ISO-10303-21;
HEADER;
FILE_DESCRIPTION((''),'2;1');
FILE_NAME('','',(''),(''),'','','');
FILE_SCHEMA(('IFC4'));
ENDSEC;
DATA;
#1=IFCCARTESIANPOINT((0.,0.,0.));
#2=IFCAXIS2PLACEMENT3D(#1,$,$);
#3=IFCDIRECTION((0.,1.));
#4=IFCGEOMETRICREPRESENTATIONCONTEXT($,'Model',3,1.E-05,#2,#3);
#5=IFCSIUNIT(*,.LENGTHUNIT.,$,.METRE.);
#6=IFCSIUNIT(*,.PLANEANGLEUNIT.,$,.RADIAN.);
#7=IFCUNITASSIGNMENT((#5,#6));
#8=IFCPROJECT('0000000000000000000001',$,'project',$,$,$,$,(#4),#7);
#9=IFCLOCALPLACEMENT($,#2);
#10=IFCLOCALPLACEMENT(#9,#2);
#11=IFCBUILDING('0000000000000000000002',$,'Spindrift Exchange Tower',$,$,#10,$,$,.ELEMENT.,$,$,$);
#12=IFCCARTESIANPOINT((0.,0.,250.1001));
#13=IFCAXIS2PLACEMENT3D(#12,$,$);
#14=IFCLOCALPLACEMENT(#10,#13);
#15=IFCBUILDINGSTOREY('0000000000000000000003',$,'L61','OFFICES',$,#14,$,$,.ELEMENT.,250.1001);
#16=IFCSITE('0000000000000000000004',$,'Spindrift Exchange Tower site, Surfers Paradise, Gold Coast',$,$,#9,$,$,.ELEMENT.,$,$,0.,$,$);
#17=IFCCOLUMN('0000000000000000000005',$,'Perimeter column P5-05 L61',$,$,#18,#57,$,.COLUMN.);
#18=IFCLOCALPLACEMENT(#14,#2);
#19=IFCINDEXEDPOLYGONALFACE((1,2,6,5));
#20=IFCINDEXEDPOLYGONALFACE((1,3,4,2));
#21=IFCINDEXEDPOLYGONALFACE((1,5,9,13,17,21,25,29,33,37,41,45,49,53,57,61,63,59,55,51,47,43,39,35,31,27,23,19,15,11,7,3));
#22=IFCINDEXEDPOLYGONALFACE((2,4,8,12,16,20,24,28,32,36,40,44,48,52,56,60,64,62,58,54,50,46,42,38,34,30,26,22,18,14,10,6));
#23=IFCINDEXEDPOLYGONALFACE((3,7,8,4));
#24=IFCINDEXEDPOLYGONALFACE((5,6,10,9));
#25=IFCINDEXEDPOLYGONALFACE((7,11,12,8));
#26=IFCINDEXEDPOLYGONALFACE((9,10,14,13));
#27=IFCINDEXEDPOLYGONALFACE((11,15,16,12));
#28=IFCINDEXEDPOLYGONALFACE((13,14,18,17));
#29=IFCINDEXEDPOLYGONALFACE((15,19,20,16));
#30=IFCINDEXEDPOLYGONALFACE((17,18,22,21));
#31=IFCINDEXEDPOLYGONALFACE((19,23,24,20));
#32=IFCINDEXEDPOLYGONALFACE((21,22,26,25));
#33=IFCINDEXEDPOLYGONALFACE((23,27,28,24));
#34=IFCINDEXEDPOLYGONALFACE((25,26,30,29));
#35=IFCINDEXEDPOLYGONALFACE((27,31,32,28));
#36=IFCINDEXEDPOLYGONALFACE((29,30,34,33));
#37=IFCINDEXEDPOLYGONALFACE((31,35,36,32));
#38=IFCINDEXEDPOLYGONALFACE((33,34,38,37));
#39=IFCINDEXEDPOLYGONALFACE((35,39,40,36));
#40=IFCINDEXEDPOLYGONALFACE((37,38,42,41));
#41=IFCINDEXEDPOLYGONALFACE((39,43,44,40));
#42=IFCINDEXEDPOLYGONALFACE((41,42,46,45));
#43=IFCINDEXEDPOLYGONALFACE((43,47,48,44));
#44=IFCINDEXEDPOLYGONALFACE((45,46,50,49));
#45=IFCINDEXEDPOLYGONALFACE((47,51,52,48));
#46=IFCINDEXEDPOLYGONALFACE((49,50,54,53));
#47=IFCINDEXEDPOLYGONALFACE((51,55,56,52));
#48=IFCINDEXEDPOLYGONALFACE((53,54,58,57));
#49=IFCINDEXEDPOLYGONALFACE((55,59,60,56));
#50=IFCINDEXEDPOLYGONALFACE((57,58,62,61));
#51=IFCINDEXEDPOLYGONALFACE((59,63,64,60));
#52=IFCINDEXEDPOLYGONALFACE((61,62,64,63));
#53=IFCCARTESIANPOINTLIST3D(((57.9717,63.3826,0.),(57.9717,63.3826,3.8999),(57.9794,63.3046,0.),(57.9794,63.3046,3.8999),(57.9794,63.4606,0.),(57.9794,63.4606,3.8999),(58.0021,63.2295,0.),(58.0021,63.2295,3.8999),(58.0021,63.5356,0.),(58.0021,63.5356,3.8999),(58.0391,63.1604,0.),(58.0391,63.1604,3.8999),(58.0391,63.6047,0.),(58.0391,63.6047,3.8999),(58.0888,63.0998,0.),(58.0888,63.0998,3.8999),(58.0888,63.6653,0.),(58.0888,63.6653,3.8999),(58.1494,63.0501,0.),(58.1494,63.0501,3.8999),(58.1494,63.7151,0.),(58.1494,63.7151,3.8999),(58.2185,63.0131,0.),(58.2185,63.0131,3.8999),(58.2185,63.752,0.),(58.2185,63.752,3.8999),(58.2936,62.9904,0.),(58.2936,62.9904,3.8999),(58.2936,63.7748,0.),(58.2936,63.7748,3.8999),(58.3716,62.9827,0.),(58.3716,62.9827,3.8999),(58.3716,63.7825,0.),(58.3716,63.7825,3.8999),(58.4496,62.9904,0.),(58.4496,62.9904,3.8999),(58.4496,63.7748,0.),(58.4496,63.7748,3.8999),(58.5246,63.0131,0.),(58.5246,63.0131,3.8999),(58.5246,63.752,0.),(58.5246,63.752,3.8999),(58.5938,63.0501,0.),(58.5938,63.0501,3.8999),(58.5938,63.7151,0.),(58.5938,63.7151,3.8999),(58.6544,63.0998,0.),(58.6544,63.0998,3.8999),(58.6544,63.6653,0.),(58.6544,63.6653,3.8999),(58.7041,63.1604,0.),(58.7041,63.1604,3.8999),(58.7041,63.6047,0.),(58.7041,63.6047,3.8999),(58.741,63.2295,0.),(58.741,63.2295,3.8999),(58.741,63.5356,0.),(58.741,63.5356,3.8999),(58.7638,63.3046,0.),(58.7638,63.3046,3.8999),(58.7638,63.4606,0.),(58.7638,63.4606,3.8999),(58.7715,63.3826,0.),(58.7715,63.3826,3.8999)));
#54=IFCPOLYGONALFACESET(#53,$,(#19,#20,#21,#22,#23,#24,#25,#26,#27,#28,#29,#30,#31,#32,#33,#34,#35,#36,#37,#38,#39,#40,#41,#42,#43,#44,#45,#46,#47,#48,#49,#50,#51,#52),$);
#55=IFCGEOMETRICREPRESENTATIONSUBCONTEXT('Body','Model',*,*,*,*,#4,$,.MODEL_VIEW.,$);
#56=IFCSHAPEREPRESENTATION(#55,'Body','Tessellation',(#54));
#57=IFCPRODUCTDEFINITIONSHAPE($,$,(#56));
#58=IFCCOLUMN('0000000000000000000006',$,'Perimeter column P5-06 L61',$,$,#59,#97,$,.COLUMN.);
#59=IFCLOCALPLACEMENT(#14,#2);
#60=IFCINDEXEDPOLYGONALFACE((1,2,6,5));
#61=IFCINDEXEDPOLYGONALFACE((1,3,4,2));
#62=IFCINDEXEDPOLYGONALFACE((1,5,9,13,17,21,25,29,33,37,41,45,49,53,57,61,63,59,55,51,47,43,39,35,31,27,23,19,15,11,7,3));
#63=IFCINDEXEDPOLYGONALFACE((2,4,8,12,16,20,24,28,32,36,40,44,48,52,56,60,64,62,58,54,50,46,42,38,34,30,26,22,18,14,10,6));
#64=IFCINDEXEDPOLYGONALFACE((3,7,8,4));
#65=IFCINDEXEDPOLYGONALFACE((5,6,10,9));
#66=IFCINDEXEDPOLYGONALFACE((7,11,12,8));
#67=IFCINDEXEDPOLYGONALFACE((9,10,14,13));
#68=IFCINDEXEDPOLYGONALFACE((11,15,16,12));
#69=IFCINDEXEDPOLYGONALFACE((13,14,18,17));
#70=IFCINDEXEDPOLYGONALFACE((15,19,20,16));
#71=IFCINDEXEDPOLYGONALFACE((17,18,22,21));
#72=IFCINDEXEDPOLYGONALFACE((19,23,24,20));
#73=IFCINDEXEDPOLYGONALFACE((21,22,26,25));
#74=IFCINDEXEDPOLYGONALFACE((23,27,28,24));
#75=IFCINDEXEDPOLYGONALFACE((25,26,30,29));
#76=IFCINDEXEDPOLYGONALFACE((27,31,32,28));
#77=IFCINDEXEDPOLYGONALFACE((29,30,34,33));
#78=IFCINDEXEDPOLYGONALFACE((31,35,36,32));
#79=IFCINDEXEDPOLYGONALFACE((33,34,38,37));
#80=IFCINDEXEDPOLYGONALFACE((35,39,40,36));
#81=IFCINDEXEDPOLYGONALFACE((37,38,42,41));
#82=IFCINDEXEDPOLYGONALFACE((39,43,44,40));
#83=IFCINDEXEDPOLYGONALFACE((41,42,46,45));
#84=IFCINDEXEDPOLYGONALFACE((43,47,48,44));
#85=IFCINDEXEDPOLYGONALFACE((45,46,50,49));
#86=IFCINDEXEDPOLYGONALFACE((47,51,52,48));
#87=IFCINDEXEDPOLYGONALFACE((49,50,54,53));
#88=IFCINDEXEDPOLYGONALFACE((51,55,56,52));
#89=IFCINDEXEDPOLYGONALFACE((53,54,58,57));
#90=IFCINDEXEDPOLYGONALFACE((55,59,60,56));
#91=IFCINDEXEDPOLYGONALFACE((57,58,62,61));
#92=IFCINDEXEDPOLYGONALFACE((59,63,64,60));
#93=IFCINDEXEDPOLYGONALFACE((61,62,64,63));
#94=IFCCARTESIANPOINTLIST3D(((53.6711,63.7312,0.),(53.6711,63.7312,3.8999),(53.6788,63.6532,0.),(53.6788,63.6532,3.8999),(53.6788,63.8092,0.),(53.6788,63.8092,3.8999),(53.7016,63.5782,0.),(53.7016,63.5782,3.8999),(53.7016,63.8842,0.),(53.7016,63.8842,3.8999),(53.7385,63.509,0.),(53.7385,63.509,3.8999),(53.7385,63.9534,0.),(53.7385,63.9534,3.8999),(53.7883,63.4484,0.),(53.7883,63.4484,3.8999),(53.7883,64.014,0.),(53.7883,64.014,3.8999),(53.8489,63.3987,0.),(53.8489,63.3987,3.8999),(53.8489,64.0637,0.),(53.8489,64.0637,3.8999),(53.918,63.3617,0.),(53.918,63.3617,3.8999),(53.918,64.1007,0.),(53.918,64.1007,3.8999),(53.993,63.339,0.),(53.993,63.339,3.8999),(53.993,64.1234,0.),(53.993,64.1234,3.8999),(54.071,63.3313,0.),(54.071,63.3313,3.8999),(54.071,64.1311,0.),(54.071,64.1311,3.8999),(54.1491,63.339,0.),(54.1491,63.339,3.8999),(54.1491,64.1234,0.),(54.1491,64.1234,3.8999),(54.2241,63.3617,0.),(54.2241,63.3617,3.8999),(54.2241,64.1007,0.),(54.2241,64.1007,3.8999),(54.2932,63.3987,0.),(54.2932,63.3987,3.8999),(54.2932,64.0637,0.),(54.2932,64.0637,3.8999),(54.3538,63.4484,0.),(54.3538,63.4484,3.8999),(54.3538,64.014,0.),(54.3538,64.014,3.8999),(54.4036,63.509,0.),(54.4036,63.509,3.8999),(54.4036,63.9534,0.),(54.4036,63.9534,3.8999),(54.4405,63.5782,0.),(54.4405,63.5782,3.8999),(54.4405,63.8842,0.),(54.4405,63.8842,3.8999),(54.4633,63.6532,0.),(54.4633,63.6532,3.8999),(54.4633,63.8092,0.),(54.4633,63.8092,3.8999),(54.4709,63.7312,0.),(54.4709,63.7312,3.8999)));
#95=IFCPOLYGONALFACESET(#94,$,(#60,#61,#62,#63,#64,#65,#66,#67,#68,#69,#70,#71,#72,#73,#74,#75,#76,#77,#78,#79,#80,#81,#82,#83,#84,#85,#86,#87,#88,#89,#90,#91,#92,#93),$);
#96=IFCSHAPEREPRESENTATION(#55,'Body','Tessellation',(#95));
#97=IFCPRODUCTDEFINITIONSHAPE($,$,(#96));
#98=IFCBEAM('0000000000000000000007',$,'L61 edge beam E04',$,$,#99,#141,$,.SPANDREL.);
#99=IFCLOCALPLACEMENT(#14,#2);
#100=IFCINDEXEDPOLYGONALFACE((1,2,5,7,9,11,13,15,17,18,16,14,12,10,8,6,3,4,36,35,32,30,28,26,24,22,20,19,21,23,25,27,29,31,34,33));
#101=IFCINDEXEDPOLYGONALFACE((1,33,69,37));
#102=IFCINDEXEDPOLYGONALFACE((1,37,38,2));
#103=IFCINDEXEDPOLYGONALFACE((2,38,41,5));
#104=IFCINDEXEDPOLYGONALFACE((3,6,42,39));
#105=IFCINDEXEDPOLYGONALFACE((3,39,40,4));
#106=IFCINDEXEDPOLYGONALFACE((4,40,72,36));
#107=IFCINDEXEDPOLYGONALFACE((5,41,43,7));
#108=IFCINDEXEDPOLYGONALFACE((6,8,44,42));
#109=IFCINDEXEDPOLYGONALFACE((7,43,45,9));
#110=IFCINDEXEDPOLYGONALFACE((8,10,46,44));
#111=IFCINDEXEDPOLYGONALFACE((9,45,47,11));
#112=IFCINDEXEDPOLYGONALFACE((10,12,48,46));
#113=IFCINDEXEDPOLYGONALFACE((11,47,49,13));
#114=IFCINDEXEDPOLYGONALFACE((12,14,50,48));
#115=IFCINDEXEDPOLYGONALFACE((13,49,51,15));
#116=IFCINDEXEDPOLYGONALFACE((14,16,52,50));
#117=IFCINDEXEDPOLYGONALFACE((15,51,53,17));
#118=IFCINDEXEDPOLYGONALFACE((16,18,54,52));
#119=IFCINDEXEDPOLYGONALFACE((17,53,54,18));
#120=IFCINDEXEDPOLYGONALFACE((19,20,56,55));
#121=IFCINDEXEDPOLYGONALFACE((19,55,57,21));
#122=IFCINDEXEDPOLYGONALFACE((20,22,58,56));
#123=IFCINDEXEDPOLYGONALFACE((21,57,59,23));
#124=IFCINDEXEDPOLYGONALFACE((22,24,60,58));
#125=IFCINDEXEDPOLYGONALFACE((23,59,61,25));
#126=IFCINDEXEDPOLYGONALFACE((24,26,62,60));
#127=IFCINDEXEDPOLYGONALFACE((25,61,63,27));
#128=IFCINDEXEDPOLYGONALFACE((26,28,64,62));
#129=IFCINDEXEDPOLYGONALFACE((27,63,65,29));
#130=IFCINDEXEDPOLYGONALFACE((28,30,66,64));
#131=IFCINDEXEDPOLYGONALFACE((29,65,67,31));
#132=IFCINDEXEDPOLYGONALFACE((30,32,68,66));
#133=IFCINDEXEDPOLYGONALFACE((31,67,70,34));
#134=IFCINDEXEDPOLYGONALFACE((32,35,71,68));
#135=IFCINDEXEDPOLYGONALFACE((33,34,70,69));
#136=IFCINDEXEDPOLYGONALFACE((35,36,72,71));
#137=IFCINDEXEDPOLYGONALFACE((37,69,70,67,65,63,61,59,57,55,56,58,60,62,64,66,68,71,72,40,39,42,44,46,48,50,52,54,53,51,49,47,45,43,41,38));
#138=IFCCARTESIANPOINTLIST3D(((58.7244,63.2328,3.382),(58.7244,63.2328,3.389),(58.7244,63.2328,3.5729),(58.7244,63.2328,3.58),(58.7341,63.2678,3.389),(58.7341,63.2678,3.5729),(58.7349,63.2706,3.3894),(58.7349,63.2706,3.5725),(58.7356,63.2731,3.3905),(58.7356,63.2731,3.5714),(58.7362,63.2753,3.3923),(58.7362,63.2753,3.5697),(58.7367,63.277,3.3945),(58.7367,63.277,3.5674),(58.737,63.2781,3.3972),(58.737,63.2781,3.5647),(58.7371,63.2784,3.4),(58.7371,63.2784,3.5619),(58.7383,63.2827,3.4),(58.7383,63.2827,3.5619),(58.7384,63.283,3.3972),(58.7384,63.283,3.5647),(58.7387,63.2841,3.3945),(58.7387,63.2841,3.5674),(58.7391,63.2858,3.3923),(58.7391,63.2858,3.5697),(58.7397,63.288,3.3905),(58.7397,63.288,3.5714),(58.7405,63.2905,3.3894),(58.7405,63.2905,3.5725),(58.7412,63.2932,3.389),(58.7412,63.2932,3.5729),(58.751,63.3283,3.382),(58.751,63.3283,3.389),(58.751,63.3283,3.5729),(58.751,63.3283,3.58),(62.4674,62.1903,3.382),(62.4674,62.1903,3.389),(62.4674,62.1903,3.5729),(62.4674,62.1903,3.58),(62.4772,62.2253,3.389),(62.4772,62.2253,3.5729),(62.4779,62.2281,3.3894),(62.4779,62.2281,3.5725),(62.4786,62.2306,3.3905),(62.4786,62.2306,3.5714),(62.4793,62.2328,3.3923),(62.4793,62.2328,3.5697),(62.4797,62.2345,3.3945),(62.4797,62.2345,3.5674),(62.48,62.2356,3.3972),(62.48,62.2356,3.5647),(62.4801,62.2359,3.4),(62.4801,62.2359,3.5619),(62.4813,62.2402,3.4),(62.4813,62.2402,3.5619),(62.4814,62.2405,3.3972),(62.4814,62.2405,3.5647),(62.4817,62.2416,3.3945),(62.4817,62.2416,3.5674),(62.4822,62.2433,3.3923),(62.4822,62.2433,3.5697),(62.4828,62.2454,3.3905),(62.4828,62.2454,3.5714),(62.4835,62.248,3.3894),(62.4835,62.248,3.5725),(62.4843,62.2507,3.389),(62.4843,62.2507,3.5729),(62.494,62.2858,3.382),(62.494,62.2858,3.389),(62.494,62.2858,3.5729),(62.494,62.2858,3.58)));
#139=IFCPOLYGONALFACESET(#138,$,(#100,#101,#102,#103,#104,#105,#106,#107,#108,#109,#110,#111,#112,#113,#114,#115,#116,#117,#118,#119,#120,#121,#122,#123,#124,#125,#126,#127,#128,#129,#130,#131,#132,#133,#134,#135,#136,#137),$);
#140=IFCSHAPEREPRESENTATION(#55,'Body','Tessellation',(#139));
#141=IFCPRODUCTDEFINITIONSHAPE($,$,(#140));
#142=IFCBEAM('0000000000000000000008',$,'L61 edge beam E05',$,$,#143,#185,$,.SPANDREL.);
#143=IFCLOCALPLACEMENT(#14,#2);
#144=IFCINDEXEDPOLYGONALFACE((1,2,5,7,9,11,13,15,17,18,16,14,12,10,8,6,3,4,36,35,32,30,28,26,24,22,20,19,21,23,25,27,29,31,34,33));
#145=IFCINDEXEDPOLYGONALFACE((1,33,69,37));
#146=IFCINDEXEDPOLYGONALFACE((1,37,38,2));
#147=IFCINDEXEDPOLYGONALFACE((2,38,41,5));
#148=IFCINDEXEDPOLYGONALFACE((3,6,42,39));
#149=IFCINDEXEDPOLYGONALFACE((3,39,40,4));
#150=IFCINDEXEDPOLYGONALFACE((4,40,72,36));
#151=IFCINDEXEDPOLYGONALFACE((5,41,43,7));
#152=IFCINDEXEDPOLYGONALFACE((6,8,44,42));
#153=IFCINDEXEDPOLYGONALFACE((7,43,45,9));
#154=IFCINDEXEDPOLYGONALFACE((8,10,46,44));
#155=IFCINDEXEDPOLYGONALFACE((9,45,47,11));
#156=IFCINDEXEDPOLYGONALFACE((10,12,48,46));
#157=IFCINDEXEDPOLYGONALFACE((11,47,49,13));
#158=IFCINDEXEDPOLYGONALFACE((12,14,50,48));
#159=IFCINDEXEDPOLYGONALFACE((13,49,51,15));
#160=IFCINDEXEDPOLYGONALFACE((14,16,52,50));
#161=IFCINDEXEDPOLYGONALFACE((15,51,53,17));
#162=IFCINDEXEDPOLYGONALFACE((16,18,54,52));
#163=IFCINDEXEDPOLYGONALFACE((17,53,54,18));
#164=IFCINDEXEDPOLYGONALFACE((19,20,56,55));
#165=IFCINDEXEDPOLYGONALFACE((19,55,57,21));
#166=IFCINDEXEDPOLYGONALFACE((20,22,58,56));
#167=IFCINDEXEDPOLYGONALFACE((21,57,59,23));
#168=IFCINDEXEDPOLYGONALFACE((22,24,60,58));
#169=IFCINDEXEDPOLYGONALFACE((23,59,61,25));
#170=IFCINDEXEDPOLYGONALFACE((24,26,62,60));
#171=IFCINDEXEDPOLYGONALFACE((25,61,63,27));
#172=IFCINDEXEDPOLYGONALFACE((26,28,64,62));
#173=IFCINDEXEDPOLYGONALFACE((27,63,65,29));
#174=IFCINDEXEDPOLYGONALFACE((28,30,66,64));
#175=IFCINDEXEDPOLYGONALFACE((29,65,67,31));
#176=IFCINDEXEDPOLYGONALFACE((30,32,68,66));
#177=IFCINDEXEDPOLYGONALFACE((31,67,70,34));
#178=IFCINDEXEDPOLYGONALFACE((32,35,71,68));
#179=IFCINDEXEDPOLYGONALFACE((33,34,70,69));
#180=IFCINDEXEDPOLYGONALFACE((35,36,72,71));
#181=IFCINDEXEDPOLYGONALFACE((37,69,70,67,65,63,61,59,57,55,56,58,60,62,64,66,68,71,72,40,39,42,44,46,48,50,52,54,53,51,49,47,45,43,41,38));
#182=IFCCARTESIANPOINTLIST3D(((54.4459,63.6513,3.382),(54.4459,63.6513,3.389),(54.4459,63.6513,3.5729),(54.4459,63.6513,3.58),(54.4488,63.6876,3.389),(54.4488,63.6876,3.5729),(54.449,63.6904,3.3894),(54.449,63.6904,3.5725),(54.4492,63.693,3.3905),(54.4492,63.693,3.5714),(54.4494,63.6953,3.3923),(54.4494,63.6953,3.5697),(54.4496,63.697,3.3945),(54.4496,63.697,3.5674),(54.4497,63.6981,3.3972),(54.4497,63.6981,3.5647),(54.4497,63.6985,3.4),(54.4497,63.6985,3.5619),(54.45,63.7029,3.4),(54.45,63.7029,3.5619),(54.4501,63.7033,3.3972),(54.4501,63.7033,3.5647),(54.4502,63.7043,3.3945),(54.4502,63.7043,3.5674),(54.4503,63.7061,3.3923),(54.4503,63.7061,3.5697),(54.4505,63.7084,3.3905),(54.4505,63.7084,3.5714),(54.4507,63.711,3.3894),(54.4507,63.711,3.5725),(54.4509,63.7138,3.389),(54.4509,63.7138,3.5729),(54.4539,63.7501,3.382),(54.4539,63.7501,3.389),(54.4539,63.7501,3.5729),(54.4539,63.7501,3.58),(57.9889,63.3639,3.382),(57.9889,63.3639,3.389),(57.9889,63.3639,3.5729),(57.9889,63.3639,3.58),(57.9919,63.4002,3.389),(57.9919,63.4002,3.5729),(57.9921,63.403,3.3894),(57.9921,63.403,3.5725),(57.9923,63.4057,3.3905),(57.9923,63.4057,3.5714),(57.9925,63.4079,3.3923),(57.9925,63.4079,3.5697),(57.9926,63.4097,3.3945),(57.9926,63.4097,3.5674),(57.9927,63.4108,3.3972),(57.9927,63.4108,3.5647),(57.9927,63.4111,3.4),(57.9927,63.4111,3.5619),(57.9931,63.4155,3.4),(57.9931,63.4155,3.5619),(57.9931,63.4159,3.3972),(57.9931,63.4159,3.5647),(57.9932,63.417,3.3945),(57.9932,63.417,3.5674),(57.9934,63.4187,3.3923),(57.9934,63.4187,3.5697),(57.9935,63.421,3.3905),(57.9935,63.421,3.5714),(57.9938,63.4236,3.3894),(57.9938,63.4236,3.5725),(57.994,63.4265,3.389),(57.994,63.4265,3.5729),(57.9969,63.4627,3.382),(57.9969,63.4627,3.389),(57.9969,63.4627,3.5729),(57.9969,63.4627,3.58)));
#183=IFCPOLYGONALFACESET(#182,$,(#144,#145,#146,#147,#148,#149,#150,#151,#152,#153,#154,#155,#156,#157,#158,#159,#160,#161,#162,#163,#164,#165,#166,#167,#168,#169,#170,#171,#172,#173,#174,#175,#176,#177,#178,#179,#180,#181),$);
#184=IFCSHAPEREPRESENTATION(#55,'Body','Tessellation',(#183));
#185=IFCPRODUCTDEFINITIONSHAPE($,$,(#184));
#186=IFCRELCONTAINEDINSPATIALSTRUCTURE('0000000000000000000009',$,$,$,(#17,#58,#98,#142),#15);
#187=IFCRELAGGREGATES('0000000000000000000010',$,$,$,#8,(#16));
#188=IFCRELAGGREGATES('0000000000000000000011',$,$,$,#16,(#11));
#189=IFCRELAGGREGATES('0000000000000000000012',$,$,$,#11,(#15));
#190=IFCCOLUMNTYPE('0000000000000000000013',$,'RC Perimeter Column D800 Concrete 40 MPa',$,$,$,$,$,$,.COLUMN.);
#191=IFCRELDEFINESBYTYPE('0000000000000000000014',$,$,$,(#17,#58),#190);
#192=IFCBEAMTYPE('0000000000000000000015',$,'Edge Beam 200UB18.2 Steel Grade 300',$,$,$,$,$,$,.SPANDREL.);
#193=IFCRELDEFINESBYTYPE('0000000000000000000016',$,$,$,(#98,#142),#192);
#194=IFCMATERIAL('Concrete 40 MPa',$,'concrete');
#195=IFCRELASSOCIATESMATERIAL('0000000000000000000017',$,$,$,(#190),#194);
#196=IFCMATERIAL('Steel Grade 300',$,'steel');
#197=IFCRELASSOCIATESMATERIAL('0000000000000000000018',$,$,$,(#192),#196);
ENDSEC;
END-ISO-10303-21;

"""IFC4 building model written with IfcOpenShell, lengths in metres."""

from ifc_helpers import new_model, si_unit, direction, frame, origin, origin_2d, place, context, subcontext, project, spatial, circle, i_section, extrude, source, transform, mapped, material, material_profile, profile_set, type_object, element, save


model = new_model("IFC4")

# Units and contexts
model_context = context("Model", 3, precision=1e-05, world=origin(), true_north=direction((0.0, 1.0)))
body_context = subcontext(model_context, "Body", "Model", "MODEL_VIEW")
ifc_project = project(units=[si_unit("LENGTHUNIT", "METRE"), si_unit("PLANEANGLEUNIT", "RADIAN")], contexts=[model_context])

# Site, building, storey
site_placement = place(None, origin())
site = spatial("IfcSite", under=ifc_project, at=site_placement, Name="Spindrift Exchange Tower site, Surfers Paradise, Gold Coast", CompositionType="ELEMENT", RefElevation=0.0)
building_placement = place(site_placement, origin())
building = spatial("IfcBuilding", under=site, at=building_placement, Name="Spindrift Exchange Tower", CompositionType="ELEMENT")
storey_placement = place(building_placement, frame((0.0, 0.0, 250.1001)))
storey = spatial("IfcBuildingStorey", under=building, at=storey_placement, Name="L61", Description="OFFICES", CompositionType="ELEMENT", Elevation=250.1001)

# Columns
ifc_material_1 = material(Name="Concrete 40 MPa", Category="concrete")
ifc_material_profile_1 = material_profile(ifc_material_1, circle(Radius=0.3999, at=origin_2d()), Name="RC D800")
ifc_profile_set_1 = profile_set([ifc_material_profile_1], Name="Concrete 40 MPa")
column_type = type_object("IfcColumnType", Name="RC Perimeter Column D800 Concrete 40 MPa", PredefinedType="COLUMN", material=ifc_profile_set_1)
shared_shape_1 = source(origin(), body_context, "Body", "SweptSolid", [
    extrude(circle(Radius=0.3999, at=origin_2d()), origin(), (0.0, 0.0, 1.0), 3.8999),
])
for number, where, z_axis, x_axis, name in (
    (1, (58.3716, 63.3826, 0.0), (0.0, 0.0, 1.0), (1.0, 0.0, 0.0), "Perimeter column P5-05 L61"),
    (2, (54.071, 63.7312, 0.0), (0.0, 0.0, 1.0), (1.0, 0.0, 0.0), "Perimeter column P5-06 L61"),
):
    element("IfcColumn", number, at=place(storey_placement, frame(where, z_axis=z_axis, x_axis=x_axis)), inside=storey, type_object=column_type, Name=name, PredefinedType="COLUMN", context=body_context, shape_type="MappedRepresentation", body=[
        mapped(shared_shape_1, transform((0.0, 0.0, 0.0), scale=1.0)),
    ])

# Beams
ifc_material_2 = material(Name="Steel Grade 300", Category="steel")
ifc_material_profile_2 = material_profile(ifc_material_2, i_section(OverallWidth=0.0991, OverallDepth=0.198, WebThickness=0.0044, FlangeThickness=0.0071, FilletRadius=0.011, at=origin_2d()), Name="200UB18.2")
ifc_profile_set_2 = profile_set([ifc_material_profile_2], Name="Steel Grade 300")
beam_type_1 = type_object("IfcBeamType", Name="Edge Beam 200UB18.2 Steel Grade 300", PredefinedType="SPANDREL", material=ifc_profile_set_2)
shared_shape_2 = source(origin(), body_context, "Body", "SweptSolid", [
    extrude(i_section(OverallWidth=0.0991, OverallDepth=0.198, WebThickness=0.0044, FlangeThickness=0.0071, FilletRadius=0.011, at=origin_2d()), origin(), (0.0, 0.0, 1.0), 3.8855),
])
beam_1_placement = place(storey_placement, frame((62.4807, 62.238, 3.481), z_axis=(-0.963333, 0.268308, 0.0), x_axis=(-0.268308, -0.963333, 0.0)))
element("IfcBeam", 3, at=beam_1_placement, inside=storey, type_object=beam_type_1, Name="L61 edge beam E04", PredefinedType="SPANDREL", context=body_context, shape_type="MappedRepresentation", body=[
    mapped(shared_shape_2, transform((0.0, 0.0, 0.0), scale=1.0)),
])
shared_shape_3 = source(origin(), body_context, "Body", "SweptSolid", [
    extrude(i_section(OverallWidth=0.0991, OverallDepth=0.198, WebThickness=0.0044, FlangeThickness=0.0071, FilletRadius=0.011, at=origin_2d()), origin(), (0.0, 0.0, 1.0), 3.5547),
])
beam_2_placement = place(storey_placement, frame((57.9929, 63.4133, 3.481), z_axis=(-0.996727, 0.08084, 0.0), x_axis=(-0.08084, -0.996727, 0.0)))
element("IfcBeam", 4, at=beam_2_placement, inside=storey, type_object=beam_type_1, Name="L61 edge beam E05", PredefinedType="SPANDREL", context=body_context, shape_type="MappedRepresentation", body=[
    mapped(shared_shape_3, transform((0.0, 0.0, 0.0), scale=1.0)),
])

save(model, "model.ifc")
